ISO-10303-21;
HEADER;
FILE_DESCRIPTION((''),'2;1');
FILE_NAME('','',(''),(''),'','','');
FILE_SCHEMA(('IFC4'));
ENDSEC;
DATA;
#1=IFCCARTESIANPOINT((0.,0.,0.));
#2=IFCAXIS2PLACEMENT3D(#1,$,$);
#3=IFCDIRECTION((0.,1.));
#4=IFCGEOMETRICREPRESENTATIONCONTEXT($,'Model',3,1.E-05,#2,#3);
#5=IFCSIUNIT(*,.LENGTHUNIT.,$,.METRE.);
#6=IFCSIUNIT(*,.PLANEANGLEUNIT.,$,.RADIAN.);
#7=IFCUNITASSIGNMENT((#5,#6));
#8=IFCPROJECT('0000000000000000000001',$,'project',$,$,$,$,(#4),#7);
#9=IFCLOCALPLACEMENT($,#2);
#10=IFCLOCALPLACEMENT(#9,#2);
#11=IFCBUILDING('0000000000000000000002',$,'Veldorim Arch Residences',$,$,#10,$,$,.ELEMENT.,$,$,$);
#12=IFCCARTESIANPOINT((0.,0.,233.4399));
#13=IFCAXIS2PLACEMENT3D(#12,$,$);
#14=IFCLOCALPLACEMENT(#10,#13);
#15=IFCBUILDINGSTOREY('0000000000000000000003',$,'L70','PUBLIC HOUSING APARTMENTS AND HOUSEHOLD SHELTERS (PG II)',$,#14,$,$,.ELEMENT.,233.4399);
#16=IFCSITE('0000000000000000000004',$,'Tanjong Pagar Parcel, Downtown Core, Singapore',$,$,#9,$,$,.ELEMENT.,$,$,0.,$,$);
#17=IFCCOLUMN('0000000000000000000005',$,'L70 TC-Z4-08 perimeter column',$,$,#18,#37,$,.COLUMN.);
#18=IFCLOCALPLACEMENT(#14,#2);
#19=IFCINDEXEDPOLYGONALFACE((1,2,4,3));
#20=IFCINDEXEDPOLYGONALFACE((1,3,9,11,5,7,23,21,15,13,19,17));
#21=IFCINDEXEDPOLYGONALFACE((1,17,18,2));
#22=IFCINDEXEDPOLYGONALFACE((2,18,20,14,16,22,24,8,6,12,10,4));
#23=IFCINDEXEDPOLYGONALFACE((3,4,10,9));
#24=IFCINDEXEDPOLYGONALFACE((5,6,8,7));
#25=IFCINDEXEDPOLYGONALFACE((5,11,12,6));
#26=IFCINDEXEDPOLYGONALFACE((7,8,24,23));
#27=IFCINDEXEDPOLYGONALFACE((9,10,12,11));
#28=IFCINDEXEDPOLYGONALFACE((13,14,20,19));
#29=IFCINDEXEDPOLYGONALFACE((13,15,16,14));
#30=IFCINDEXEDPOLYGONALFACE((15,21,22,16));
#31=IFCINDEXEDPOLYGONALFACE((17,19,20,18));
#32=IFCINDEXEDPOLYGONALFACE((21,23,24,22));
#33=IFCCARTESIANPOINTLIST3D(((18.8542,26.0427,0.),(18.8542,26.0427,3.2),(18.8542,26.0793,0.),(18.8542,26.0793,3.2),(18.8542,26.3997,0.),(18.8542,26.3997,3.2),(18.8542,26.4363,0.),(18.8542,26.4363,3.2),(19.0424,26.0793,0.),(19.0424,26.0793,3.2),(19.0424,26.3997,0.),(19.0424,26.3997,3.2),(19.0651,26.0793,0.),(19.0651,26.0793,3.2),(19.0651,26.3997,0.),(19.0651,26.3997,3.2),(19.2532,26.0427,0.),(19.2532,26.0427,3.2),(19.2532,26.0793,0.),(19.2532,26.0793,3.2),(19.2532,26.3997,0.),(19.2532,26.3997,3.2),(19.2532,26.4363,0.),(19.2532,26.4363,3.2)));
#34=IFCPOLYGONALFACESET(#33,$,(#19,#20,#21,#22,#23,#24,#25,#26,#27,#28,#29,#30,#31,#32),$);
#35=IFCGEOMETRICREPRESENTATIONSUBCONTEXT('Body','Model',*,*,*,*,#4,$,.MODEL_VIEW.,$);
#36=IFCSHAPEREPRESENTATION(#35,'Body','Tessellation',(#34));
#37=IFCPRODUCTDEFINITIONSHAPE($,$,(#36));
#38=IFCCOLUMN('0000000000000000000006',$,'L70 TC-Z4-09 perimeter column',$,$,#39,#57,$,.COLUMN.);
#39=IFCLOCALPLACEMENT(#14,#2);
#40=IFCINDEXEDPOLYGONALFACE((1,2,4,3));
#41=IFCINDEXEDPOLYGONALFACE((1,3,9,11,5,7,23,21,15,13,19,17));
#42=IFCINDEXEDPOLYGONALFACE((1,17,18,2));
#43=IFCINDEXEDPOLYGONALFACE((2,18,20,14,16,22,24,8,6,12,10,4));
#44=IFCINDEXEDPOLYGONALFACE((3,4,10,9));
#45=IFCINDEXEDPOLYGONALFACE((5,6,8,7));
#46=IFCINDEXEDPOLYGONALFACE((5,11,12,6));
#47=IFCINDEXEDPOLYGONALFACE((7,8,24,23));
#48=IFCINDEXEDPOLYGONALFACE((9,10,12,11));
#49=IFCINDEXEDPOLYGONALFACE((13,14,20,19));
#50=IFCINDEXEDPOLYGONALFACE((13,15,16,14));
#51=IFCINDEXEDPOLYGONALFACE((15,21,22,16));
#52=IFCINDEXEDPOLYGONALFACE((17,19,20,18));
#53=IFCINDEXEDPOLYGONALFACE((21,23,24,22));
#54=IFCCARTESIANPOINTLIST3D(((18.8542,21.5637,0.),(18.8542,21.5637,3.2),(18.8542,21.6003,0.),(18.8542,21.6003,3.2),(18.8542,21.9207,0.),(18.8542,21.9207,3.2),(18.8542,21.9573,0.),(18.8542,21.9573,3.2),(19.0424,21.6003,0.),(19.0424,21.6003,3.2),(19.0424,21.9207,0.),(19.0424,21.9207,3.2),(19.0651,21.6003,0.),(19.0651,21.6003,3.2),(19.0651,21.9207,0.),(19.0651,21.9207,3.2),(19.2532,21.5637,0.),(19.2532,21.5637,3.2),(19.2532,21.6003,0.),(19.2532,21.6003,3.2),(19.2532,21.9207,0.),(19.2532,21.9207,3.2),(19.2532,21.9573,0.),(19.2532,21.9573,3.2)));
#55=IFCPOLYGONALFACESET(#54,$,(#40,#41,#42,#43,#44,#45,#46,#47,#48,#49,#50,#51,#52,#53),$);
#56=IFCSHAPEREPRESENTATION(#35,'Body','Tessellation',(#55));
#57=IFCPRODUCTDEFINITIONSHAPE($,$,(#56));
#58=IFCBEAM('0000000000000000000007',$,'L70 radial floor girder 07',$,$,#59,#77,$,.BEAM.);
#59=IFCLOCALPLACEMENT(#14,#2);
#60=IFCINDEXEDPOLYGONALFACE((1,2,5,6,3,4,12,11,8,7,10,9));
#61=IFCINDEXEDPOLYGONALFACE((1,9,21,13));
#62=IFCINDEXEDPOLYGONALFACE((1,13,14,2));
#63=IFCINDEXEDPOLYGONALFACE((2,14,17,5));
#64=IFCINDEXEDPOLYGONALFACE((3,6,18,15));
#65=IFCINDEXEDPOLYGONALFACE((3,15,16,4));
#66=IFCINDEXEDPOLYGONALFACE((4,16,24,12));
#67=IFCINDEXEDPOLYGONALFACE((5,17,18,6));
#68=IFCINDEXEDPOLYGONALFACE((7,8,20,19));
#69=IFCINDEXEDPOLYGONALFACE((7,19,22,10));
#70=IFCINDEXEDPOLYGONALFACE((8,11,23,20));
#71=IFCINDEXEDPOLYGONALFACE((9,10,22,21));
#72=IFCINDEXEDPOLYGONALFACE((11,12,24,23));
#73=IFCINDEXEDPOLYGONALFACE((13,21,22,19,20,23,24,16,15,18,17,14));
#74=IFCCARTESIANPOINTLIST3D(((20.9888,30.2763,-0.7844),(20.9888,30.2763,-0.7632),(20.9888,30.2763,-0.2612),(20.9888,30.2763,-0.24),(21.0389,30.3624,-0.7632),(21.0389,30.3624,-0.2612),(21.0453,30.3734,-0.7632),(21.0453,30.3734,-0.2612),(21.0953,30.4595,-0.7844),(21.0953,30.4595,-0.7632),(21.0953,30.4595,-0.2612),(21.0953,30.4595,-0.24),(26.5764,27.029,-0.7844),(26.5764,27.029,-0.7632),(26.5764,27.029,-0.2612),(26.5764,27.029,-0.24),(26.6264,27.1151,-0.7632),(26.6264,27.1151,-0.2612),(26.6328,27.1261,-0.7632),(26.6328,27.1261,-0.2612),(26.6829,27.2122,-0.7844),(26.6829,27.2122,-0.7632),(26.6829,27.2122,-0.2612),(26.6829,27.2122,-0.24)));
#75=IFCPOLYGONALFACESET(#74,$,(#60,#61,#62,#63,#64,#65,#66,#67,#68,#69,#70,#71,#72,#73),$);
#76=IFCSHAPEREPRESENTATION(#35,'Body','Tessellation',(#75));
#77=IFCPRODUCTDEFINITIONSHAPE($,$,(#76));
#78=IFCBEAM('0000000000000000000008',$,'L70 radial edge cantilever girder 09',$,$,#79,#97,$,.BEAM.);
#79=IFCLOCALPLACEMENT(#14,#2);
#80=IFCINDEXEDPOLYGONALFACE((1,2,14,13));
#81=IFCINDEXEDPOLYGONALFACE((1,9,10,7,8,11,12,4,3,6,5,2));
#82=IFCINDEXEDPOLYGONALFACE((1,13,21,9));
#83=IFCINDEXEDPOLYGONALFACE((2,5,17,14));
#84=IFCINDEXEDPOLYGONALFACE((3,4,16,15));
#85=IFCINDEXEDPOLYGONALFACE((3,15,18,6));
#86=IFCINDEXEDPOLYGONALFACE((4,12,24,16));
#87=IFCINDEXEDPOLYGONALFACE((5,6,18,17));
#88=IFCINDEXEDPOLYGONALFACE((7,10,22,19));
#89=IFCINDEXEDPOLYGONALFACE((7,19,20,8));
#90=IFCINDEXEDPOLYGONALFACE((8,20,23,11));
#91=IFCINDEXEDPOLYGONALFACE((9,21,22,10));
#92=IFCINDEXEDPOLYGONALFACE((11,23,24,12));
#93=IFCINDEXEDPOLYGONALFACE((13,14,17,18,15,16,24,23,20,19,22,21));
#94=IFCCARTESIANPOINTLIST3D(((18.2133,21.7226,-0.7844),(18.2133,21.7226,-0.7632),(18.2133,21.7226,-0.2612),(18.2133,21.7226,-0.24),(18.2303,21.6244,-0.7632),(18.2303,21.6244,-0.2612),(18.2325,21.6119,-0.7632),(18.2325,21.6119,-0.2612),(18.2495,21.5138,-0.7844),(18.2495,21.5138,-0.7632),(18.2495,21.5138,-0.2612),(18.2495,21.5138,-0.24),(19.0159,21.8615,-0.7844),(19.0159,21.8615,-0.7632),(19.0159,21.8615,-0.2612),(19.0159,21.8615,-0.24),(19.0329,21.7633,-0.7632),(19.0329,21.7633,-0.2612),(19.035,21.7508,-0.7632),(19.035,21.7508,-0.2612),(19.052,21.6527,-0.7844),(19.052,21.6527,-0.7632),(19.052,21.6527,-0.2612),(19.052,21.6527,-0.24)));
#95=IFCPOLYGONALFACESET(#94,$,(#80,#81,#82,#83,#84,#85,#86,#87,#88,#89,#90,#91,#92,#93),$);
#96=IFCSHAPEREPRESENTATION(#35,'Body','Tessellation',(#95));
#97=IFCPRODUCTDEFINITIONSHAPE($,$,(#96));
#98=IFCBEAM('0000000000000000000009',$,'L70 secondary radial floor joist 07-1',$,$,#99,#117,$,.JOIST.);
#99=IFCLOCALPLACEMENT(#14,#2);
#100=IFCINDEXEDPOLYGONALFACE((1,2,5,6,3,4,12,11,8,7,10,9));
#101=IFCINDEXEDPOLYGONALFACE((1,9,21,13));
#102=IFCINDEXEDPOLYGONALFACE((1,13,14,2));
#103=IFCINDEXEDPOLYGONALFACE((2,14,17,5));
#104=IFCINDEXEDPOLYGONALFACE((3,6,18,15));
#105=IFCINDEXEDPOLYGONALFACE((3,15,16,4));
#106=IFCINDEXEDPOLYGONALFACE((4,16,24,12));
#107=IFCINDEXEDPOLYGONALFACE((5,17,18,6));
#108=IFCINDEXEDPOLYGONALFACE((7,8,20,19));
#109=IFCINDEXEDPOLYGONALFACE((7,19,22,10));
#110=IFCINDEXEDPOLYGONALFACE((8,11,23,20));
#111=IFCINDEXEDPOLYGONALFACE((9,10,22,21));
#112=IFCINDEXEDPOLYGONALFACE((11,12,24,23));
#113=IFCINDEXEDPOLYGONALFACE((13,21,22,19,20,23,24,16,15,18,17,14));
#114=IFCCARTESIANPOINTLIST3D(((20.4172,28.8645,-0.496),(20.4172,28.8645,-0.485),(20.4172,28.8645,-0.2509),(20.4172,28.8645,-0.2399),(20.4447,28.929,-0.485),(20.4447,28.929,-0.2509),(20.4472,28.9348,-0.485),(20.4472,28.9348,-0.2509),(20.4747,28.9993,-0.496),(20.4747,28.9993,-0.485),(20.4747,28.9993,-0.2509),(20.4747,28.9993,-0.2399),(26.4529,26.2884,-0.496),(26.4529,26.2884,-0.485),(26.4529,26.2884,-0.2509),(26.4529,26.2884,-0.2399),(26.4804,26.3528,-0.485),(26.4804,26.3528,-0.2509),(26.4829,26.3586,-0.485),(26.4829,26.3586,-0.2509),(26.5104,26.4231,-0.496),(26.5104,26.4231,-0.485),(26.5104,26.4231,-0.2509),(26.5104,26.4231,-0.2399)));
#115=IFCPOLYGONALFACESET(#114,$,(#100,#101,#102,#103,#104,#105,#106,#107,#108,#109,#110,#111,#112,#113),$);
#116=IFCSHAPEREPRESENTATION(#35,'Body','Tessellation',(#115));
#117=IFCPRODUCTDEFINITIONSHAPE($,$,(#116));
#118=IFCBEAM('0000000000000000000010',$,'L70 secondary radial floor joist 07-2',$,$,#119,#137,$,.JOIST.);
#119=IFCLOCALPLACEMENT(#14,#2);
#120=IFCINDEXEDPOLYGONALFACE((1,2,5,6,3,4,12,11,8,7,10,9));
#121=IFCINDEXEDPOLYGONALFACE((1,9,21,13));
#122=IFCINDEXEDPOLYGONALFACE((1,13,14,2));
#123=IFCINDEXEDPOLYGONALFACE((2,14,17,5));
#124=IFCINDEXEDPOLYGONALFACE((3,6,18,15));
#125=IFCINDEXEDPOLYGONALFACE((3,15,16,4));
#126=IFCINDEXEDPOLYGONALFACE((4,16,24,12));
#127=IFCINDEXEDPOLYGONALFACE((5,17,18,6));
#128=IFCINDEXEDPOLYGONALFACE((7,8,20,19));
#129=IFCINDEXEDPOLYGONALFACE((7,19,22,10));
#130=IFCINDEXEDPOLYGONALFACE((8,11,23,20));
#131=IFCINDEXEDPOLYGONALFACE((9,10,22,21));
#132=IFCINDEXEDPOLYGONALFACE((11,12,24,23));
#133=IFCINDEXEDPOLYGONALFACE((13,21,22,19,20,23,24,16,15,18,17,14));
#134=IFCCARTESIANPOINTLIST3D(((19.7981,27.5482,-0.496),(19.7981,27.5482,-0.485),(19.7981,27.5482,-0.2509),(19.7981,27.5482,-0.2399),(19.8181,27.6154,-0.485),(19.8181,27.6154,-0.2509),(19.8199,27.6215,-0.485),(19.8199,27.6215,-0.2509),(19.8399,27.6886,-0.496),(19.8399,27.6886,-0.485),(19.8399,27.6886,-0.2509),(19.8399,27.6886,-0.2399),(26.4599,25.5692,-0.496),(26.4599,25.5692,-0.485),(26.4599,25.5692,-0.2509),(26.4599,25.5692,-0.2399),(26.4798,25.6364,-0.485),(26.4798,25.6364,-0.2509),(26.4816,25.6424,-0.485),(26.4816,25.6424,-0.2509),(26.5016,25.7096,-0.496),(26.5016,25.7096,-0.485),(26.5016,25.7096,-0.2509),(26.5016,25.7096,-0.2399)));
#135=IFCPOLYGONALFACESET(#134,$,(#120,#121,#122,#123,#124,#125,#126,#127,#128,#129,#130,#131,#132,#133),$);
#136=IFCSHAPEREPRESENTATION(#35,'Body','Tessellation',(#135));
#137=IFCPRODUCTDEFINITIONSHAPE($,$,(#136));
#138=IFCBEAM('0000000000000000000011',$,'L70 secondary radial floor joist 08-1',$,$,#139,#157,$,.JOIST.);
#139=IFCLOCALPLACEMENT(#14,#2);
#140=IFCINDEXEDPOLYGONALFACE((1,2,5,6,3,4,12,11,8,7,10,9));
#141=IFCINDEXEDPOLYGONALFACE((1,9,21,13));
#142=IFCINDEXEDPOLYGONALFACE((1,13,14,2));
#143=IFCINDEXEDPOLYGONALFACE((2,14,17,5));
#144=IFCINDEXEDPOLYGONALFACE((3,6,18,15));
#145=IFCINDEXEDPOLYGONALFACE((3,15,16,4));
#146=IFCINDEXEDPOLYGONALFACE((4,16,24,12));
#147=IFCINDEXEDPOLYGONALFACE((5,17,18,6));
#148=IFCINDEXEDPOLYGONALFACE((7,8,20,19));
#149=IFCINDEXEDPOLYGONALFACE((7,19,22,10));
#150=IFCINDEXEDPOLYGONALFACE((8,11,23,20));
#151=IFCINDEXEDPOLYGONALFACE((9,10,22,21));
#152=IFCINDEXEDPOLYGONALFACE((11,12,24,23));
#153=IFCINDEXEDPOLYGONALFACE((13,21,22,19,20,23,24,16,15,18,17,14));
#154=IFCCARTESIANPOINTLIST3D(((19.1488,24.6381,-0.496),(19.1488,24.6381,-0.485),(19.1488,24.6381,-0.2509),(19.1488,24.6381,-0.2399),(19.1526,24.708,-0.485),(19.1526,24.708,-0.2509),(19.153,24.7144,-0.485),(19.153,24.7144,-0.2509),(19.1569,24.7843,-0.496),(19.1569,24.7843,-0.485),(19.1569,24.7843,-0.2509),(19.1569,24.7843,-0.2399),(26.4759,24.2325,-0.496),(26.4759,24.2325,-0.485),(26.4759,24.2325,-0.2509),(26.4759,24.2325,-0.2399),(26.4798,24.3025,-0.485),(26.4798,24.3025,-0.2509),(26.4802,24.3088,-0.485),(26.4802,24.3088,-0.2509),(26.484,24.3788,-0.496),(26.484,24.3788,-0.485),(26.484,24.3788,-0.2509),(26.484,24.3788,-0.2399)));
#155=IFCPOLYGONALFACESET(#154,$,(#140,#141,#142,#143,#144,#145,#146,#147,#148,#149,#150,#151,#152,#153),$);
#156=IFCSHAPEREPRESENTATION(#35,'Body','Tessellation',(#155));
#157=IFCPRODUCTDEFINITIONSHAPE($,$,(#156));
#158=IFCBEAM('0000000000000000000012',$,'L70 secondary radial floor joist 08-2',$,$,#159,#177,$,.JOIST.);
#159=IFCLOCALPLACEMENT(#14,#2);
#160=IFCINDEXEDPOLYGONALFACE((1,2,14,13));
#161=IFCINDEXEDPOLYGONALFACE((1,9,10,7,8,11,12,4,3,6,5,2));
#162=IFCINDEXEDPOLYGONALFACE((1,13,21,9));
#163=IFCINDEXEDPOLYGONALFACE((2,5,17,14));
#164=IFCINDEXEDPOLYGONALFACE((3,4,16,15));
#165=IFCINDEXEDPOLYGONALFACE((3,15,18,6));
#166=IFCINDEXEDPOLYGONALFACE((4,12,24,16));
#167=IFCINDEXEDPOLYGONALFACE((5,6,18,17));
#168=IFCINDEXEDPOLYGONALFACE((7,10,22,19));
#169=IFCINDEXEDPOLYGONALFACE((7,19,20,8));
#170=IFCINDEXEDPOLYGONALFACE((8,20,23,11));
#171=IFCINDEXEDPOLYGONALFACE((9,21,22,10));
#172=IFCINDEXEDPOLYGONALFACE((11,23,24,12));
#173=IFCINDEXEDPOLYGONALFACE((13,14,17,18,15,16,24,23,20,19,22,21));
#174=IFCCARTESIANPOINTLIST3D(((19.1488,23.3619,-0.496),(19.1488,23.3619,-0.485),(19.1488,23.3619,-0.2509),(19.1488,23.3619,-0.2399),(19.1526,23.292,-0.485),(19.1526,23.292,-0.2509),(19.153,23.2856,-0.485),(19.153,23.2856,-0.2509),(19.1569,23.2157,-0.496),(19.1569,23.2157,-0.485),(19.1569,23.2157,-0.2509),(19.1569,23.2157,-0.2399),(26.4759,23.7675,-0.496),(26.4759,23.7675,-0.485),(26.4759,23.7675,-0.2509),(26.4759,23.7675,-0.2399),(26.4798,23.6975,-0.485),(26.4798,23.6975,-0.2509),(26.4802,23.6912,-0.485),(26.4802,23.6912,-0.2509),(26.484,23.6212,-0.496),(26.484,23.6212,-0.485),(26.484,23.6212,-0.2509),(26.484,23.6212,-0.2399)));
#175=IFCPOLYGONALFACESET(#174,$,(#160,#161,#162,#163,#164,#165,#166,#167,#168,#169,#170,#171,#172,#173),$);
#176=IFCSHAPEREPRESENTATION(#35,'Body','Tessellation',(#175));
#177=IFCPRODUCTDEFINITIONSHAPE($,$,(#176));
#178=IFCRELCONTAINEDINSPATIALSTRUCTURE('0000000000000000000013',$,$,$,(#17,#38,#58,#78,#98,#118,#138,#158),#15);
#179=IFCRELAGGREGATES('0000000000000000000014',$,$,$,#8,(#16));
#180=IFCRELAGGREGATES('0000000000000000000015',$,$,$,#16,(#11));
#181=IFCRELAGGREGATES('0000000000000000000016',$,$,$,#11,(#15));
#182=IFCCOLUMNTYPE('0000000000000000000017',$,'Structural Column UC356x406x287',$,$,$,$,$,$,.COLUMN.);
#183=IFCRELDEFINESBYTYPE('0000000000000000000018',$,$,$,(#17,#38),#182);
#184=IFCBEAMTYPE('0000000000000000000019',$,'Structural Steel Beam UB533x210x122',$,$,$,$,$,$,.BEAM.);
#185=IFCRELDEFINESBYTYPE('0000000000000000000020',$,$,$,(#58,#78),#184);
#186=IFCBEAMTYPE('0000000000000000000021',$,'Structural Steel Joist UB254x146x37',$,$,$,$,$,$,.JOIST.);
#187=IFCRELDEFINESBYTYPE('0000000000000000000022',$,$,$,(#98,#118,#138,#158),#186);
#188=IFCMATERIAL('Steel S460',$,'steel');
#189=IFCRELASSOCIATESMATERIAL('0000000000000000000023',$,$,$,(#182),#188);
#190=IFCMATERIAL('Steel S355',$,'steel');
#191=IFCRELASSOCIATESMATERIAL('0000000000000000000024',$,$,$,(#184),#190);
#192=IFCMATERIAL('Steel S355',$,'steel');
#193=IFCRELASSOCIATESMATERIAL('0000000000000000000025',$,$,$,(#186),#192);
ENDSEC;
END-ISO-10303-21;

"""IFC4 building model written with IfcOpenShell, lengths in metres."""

from ifc_helpers import new_model, si_unit, direction, frame, origin, origin_2d, place, context, subcontext, project, spatial, i_section, extrude, material, material_profile, profile_set, type_object, element, save


model = new_model("IFC4")

# Units and contexts
model_context = context("Model", 3, precision=1e-05, world=origin(), true_north=direction((0.0, 1.0)))
body_context = subcontext(model_context, "Body", "Model", "MODEL_VIEW")
ifc_project = project(units=[si_unit("LENGTHUNIT", "METRE"), si_unit("PLANEANGLEUNIT", "RADIAN")], contexts=[model_context])

# Site, building, storey
site_placement = place(None, origin())
site = spatial("IfcSite", under=ifc_project, at=site_placement, Name="Tanjong Pagar Parcel, Downtown Core, Singapore", CompositionType="ELEMENT", RefElevation=0.0)
building_placement = place(site_placement, origin())
building = spatial("IfcBuilding", under=site, at=building_placement, Name="Veldorim Arch Residences", CompositionType="ELEMENT")
storey_placement = place(building_placement, frame((0.0, 0.0, 233.4399)))
storey = spatial("IfcBuildingStorey", under=building, at=storey_placement, Name="L70", Description="PUBLIC HOUSING APARTMENTS AND HOUSEHOLD SHELTERS (PG II)", CompositionType="ELEMENT", Elevation=233.4399)

# Columns
ifc_material_1 = material(Name="Steel S460", Category="steel")
ifc_material_profile_1 = material_profile(ifc_material_1, i_section(OverallWidth=0.3989, OverallDepth=0.3936, WebThickness=0.0227, FlangeThickness=0.0366, at=origin_2d()), Name="UC356x406x287")
ifc_profile_set_1 = profile_set([ifc_material_profile_1], Name="Steel S460")
column_type = type_object("IfcColumnType", Name="Structural Column UC356x406x287", PredefinedType="COLUMN", material=ifc_profile_set_1)
for number, where, z_axis, x_axis, name in (
    (1, (19.0537, 26.2395, 0.0), (0.0, 0.0, 1.0), (1.0, 0.0, 0.0), "L70 TC-Z4-08 perimeter column"),
    (2, (19.0537, 21.7605, 0.0), (0.0, 0.0, 1.0), (1.0, 0.0, 0.0), "L70 TC-Z4-09 perimeter column"),
):
    element("IfcColumn", number, at=place(storey_placement, frame(where, z_axis=z_axis, x_axis=x_axis)), inside=storey, type_object=column_type, Name=name, PredefinedType="COLUMN", context=body_context, shape_type="SweptSolid", body=[
        extrude(i_section(OverallWidth=0.3989, OverallDepth=0.3936, WebThickness=0.0227, FlangeThickness=0.0366, at=origin_2d()), origin(), (0.0, 0.0, 1.0), 3.2),
    ])

# Beams
ifc_material_2 = material(Name="Steel S355", Category="steel")
ifc_material_profile_2 = material_profile(ifc_material_2, i_section(OverallWidth=0.2119, OverallDepth=0.5444, WebThickness=0.0127, FlangeThickness=0.0212, at=origin_2d()), Name="UB533x210x122")
ifc_profile_set_2 = profile_set([ifc_material_profile_2], Name="Steel S355")
beam_type_1 = type_object("IfcBeamType", Name="Structural Steel Beam UB533x210x122", PredefinedType="BEAM", material=ifc_profile_set_2)
beam_1_placement = place(storey_placement, frame((26.6296, 27.1206, -0.5122), z_axis=(-0.864596, 0.502468, 0.0), x_axis=(-0.502468, -0.864596, 0.0)))
element("IfcBeam", 3, at=beam_1_placement, inside=storey, type_object=beam_type_1, Name="L70 radial floor girder 07", PredefinedType="BEAM", context=body_context, shape_type="SweptSolid", body=[
    extrude(i_section(OverallWidth=0.2119, OverallDepth=0.5444, WebThickness=0.0127, FlangeThickness=0.0212, at=origin_2d()), origin(), (0.0, 0.0, 1.0), 6.4626),
])
beam_2_placement = place(storey_placement, frame((19.0339, 21.7571, -0.5122), z_axis=(-0.985346, -0.170569, 0.0), x_axis=(0.170569, -0.985346, 0.0)))
element("IfcBeam", 4, at=beam_2_placement, inside=storey, type_object=beam_type_1, Name="L70 radial edge cantilever girder 09", PredefinedType="BEAM", context=body_context, shape_type="SweptSolid", body=[
    extrude(i_section(OverallWidth=0.2119, OverallDepth=0.5444, WebThickness=0.0127, FlangeThickness=0.0212, at=origin_2d()), origin(), (0.0, 0.0, 1.0), 0.8145),
])
ifc_material_3 = material(Name="Steel S355", Category="steel")
ifc_material_profile_3 = material_profile(ifc_material_3, i_section(OverallWidth=0.1465, OverallDepth=0.2561, WebThickness=0.0063, FlangeThickness=0.011, at=origin_2d()), Name="UB254x146x37")
ifc_profile_set_3 = profile_set([ifc_material_profile_3], Name="Steel S355")
beam_type_2 = type_object("IfcBeamType", Name="Structural Steel Joist UB254x146x37", PredefinedType="JOIST", material=ifc_profile_set_3)
beam_3_placement = place(storey_placement, frame((26.4817, 26.3557, -0.3679), z_axis=(-0.919725, 0.392563, 0.0), x_axis=(-0.392563, -0.919725, 0.0)))
element("IfcBeam", 5, at=beam_3_placement, inside=storey, type_object=beam_type_2, Name="L70 secondary radial floor joist 07-1", PredefinedType="JOIST", context=body_context, shape_type="SweptSolid", body=[
    extrude(i_section(OverallWidth=0.1465, OverallDepth=0.2561, WebThickness=0.0063, FlangeThickness=0.011, at=origin_2d()), origin(), (0.0, 0.0, 1.0), 6.5625),
])
beam_4_placement = place(storey_placement, frame((26.4807, 25.6394, -0.3679), z_axis=(-0.958594, 0.284775, 0.0), x_axis=(-0.284775, -0.958594, 0.0)))
element("IfcBeam", 6, at=beam_4_placement, inside=storey, type_object=beam_type_2, Name="L70 secondary radial floor joist 07-2", PredefinedType="JOIST", context=body_context, shape_type="SweptSolid", body=[
    extrude(i_section(OverallWidth=0.1465, OverallDepth=0.2561, WebThickness=0.0063, FlangeThickness=0.011, at=origin_2d()), origin(), (0.0, 0.0, 1.0), 6.9495),
])
for number, where, z_axis, x_axis, name in (
    (7, (26.48, 24.3057, -0.3679), (-0.998472, 0.05526, 0.0), (-0.05526, -0.998472, 0.0), "L70 secondary radial floor joist 08-1"),
    (8, (26.48, 23.6943, -0.3679), (-0.998472, -0.05526, 0.0), (0.05526, -0.998472, 0.0), "L70 secondary radial floor joist 08-2"),
):
    element("IfcBeam", number, at=place(storey_placement, frame(where, z_axis=z_axis, x_axis=x_axis)), inside=storey, type_object=beam_type_2, Name=name, PredefinedType="JOIST", context=body_context, shape_type="SweptSolid", body=[
        extrude(i_section(OverallWidth=0.1465, OverallDepth=0.2561, WebThickness=0.0063, FlangeThickness=0.011, at=origin_2d()), origin(), (0.0, 0.0, 1.0), 7.3384),
    ])

save(model, "model.ifc")
